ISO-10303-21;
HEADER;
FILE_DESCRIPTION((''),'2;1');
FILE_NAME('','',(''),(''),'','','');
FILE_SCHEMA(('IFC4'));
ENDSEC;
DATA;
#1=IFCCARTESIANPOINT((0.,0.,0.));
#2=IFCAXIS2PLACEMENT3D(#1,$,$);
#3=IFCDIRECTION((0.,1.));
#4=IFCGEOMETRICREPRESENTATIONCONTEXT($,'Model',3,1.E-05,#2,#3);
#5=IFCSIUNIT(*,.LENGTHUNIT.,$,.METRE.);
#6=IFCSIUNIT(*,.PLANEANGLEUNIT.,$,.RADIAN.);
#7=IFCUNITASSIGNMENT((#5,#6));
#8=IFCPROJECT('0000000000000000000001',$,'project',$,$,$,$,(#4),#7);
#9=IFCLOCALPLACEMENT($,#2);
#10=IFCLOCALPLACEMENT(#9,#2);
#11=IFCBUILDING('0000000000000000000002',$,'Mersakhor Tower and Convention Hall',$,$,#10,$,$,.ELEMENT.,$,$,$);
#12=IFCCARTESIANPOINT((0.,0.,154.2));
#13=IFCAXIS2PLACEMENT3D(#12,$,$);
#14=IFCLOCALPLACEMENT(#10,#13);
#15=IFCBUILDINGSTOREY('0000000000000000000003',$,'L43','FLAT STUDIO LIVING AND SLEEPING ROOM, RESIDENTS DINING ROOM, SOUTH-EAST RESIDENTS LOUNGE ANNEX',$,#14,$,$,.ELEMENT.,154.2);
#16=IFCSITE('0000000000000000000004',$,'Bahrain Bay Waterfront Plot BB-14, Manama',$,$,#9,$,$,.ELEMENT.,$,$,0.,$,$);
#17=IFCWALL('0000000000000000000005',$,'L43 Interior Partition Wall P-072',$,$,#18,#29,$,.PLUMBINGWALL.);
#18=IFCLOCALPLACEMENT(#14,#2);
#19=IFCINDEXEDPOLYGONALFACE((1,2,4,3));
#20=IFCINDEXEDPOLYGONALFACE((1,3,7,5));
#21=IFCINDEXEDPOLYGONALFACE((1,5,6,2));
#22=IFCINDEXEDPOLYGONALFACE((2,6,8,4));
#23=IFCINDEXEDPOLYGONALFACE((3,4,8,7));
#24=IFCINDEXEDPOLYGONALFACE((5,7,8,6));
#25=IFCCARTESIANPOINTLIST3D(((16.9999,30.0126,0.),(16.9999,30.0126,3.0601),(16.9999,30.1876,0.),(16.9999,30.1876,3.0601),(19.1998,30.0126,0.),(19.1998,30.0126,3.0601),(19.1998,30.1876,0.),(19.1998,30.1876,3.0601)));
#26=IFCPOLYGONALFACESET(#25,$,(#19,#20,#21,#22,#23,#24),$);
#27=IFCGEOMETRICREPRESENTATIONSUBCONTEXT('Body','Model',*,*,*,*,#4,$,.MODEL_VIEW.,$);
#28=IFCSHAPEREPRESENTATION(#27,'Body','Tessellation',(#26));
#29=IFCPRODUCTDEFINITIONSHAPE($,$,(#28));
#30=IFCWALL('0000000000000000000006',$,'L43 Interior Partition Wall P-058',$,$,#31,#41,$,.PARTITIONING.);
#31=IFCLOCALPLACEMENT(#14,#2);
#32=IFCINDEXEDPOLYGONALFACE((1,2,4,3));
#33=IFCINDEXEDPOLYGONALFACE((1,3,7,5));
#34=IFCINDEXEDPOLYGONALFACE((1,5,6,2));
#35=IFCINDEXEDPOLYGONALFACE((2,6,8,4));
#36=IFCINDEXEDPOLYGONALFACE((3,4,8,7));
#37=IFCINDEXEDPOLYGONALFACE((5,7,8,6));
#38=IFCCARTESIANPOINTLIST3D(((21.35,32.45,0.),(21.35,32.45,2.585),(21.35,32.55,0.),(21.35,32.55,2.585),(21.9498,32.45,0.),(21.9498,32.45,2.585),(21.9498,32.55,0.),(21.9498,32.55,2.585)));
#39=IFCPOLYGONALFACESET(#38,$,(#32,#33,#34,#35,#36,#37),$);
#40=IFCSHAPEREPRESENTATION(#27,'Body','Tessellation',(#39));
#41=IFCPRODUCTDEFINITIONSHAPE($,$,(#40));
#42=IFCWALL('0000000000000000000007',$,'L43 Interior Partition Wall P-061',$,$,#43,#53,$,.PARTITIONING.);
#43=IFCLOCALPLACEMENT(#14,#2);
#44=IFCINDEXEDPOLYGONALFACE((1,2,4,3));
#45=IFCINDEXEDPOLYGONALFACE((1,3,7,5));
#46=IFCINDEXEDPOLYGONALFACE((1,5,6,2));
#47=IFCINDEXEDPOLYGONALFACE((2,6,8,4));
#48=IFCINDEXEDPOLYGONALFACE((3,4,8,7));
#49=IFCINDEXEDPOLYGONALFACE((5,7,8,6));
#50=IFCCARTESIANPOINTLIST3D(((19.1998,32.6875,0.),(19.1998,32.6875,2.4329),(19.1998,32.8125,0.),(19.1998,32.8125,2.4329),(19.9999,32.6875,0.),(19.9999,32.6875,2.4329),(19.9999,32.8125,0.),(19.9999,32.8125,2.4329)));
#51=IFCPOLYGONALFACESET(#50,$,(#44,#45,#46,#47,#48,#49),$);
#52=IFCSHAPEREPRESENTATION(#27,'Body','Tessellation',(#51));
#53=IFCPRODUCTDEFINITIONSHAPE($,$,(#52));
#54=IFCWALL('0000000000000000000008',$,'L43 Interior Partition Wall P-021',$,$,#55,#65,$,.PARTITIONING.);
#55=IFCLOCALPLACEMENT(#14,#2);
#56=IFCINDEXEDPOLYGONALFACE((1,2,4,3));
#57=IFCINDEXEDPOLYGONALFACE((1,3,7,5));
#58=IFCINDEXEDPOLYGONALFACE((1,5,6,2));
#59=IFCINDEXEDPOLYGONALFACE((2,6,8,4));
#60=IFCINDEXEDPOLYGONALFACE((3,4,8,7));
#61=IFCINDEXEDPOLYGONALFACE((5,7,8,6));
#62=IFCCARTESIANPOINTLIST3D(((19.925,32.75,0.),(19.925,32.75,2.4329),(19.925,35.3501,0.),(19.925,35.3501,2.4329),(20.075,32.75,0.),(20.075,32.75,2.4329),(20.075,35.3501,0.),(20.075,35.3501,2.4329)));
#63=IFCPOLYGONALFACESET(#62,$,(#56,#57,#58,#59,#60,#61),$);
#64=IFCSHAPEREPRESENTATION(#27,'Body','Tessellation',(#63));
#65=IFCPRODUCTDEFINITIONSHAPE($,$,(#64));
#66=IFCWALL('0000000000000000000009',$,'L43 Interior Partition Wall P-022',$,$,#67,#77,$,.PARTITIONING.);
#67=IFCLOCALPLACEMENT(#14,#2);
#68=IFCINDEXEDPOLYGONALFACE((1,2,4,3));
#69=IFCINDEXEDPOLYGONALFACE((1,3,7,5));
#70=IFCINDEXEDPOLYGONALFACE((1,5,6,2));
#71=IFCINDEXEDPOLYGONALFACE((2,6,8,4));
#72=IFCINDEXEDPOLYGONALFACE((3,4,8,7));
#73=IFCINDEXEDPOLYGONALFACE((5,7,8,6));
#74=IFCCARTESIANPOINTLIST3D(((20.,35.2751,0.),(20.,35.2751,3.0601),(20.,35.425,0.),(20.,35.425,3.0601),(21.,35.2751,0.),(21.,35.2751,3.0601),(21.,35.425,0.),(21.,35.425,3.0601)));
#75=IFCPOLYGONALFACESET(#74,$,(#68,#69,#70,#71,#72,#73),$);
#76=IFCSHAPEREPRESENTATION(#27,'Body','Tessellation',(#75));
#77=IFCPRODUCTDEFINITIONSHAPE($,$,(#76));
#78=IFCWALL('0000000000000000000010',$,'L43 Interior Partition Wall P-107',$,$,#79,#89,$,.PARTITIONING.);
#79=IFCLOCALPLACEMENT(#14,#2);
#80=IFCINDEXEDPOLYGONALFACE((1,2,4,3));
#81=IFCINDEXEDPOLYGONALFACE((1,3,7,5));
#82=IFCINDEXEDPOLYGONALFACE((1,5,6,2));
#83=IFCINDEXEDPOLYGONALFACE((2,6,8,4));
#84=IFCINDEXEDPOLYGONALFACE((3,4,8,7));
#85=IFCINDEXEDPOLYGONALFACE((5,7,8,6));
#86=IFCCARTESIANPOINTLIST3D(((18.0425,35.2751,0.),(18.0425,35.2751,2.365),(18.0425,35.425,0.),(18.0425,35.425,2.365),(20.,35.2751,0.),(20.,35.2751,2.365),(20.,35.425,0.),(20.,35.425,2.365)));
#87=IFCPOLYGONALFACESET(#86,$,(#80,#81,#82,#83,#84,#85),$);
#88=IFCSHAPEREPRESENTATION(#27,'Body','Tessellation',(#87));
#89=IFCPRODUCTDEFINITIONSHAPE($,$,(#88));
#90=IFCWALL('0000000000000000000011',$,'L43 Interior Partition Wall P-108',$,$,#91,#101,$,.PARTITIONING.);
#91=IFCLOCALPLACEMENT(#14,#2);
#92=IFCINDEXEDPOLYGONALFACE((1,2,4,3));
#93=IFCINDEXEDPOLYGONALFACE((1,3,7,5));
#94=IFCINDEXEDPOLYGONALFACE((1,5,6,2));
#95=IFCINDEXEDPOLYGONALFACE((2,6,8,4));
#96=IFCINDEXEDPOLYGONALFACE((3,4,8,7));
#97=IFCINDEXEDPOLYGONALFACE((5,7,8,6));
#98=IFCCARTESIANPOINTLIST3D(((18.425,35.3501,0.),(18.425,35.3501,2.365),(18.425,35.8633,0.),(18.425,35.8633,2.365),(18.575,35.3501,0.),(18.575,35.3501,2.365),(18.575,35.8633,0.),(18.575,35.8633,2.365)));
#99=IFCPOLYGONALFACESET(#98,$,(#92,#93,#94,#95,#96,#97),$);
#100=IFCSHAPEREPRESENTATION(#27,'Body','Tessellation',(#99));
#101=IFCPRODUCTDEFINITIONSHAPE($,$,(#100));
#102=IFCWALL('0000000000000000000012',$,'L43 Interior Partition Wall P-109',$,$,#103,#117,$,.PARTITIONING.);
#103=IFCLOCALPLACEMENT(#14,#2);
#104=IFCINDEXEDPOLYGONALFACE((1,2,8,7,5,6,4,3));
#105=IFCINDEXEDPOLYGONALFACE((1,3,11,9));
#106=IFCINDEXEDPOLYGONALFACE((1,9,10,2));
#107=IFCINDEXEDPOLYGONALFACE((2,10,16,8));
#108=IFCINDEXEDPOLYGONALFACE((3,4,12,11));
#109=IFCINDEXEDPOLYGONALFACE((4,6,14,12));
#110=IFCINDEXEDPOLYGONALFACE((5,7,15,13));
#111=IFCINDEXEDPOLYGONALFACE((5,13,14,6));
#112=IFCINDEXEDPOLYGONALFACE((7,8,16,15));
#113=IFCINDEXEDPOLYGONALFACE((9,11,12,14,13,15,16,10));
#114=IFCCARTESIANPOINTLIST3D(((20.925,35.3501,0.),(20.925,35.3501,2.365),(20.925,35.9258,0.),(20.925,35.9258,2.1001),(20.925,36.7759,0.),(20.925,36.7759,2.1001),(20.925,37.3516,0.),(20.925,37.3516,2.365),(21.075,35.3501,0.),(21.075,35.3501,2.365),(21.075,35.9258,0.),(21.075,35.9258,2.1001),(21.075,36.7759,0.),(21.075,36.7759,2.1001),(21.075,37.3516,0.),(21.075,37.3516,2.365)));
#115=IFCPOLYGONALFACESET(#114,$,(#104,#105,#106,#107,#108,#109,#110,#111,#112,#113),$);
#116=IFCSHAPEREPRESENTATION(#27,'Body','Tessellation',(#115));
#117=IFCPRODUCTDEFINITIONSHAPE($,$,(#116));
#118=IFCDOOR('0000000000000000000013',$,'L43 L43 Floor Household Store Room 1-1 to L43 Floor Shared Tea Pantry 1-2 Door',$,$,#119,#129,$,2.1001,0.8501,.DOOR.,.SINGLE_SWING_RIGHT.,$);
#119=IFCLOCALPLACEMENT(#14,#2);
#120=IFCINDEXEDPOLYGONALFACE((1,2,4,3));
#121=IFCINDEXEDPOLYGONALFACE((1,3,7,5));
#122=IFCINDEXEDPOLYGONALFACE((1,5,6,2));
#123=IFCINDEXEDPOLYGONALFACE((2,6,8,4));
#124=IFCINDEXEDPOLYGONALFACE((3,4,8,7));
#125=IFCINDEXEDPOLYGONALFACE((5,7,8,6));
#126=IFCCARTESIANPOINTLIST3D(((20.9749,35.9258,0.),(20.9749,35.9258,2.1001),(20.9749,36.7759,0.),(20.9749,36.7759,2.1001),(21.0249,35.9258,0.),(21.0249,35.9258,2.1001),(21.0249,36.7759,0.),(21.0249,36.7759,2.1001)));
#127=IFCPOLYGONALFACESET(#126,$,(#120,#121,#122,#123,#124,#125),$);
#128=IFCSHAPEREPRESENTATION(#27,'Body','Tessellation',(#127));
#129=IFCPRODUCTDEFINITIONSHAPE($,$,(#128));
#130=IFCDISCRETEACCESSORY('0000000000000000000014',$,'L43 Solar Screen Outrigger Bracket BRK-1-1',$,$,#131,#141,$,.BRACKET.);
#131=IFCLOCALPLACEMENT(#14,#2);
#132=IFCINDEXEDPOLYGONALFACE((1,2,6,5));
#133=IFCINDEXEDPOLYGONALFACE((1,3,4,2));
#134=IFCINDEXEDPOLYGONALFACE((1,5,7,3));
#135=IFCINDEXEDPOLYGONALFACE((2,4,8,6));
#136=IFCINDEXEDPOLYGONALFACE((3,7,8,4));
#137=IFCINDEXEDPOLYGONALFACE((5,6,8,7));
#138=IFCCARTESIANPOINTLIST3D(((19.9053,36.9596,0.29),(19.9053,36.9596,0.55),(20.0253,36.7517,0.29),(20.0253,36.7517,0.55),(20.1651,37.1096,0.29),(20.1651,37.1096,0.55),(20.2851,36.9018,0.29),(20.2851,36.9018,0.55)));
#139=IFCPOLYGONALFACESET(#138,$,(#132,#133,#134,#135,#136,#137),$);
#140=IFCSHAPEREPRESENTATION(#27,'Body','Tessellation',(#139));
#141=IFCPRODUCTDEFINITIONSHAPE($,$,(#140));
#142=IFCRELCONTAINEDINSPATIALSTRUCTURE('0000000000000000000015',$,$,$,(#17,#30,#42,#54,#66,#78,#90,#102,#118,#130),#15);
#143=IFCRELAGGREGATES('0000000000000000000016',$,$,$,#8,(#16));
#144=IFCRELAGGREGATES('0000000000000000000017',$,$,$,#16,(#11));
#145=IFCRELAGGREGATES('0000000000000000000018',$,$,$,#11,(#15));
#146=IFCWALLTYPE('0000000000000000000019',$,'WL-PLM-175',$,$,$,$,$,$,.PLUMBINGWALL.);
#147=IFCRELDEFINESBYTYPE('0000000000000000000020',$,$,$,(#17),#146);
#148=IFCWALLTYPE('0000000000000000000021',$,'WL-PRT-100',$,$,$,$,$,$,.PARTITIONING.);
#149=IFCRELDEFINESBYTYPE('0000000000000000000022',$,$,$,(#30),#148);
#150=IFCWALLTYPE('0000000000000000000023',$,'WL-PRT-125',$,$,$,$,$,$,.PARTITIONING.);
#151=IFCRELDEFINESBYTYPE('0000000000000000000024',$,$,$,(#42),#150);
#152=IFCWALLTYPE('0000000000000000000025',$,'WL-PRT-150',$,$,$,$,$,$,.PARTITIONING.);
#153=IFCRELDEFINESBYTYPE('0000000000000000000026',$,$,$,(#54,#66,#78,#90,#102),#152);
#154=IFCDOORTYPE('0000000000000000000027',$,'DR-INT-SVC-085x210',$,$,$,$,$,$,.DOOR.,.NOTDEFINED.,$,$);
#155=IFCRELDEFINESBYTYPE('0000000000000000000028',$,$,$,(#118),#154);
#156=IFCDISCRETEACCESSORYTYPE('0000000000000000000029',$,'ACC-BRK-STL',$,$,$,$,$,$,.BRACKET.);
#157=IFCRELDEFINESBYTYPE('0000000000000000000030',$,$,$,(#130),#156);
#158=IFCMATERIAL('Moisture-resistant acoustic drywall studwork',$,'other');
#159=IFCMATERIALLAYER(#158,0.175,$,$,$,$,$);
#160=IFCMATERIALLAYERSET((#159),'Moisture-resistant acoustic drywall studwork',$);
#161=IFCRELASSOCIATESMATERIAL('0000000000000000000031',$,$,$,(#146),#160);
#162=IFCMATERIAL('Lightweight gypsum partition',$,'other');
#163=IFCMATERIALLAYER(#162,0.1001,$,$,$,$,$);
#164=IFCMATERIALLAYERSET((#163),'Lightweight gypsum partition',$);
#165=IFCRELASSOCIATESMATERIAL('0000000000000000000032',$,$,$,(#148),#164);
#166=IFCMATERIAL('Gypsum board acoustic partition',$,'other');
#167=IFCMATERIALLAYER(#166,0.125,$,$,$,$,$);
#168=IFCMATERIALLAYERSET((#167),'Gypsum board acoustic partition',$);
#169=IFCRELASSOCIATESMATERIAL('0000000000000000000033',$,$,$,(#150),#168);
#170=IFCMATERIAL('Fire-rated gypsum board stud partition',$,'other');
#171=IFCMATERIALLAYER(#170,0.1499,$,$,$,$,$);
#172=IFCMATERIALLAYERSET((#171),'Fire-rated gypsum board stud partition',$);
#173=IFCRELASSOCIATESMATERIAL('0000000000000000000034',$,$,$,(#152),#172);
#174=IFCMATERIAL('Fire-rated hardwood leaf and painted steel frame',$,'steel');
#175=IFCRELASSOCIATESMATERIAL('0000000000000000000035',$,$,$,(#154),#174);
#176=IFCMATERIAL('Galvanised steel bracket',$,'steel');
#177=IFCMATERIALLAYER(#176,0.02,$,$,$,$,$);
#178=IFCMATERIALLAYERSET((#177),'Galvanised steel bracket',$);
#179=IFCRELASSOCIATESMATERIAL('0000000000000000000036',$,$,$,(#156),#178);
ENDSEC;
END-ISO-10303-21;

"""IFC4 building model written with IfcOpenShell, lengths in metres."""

from ifc_helpers import new_model, si_unit, direction, frame, frame_2d, origin, origin_2d, place, context, subcontext, project, spatial, rectangle, extrude, material, layer, layer_set, type_object, element, fill, save


model = new_model("IFC4")

# Units and contexts
model_context = context("Model", 3, precision=1e-05, world=origin(), true_north=direction((0.0, 1.0)))
body_context = subcontext(model_context, "Body", "Model", "MODEL_VIEW")
ifc_project = project(units=[si_unit("LENGTHUNIT", "METRE"), si_unit("PLANEANGLEUNIT", "RADIAN")], contexts=[model_context])

# Site, building, storey
site_placement = place(None, origin())
site = spatial("IfcSite", under=ifc_project, at=site_placement, Name="Bahrain Bay Waterfront Plot BB-14, Manama", CompositionType="ELEMENT", RefElevation=0.0)
building_placement = place(site_placement, origin())
building = spatial("IfcBuilding", under=site, at=building_placement, Name="Mersakhor Tower and Convention Hall", CompositionType="ELEMENT")
storey_placement = place(building_placement, frame((0.0, 0.0, 154.2)))
storey = spatial("IfcBuildingStorey", under=building, at=storey_placement, Name="L43", Description="FLAT STUDIO LIVING AND SLEEPING ROOM, RESIDENTS DINING ROOM, SOUTH-EAST RESIDENTS LOUNGE ANNEX", CompositionType="ELEMENT", Elevation=154.2)

# Shared definitions
ifc_material_1 = material(Name="Moisture-resistant acoustic drywall studwork", Category="other")
ifc_layer_1 = layer(ifc_material_1, 0.175)
ifc_layer_set_1 = layer_set([ifc_layer_1], Name="Moisture-resistant acoustic drywall studwork")
wall_type_1 = type_object("IfcWallType", Name="WL-PLM-175", PredefinedType="PLUMBINGWALL", material=ifc_layer_set_1)

# Walls
wall_1_placement = place(storey_placement, frame((19.2, 30.1001, 0.0), z_axis=(0.0, 0.0, 1.0), x_axis=(-1.0, 0.0, 0.0)))
element("IfcWall", 1, at=wall_1_placement, inside=storey, type_object=wall_type_1, Name="L43 Interior Partition Wall P-072", PredefinedType="PLUMBINGWALL", context=body_context, shape_type="SweptSolid", body=[
    extrude(rectangle(XDim=2.2, YDim=0.175, at=frame_2d((1.1001, 0.0))), origin(), (0.0, 0.0, 1.0), 3.0601),
])
ifc_material_2 = material(Name="Lightweight gypsum partition", Category="other")
ifc_layer_2 = layer(ifc_material_2, 0.1001)
ifc_layer_set_2 = layer_set([ifc_layer_2], Name="Lightweight gypsum partition")
wall_type_2 = type_object("IfcWallType", Name="WL-PRT-100", PredefinedType="PARTITIONING", material=ifc_layer_set_2)
wall_2_placement = place(storey_placement, frame((21.3501, 32.5, 0.0), z_axis=(0.0, 0.0, 1.0), x_axis=(1.0, 0.0, 0.0)))
element("IfcWall", 2, at=wall_2_placement, inside=storey, type_object=wall_type_2, Name="L43 Interior Partition Wall P-058", PredefinedType="PARTITIONING", context=body_context, shape_type="SweptSolid", body=[
    extrude(rectangle(XDim=0.5999, YDim=0.1001, at=frame_2d((0.2998, 0.0))), origin(), (0.0, 0.0, 1.0), 2.585),
])
ifc_material_3 = material(Name="Gypsum board acoustic partition", Category="other")
ifc_layer_3 = layer(ifc_material_3, 0.125)
ifc_layer_set_3 = layer_set([ifc_layer_3], Name="Gypsum board acoustic partition")
wall_type_3 = type_object("IfcWallType", Name="WL-PRT-125", PredefinedType="PARTITIONING", material=ifc_layer_set_3)
wall_3_placement = place(storey_placement, frame((19.2, 32.75, 0.0), z_axis=(0.0, 0.0, 1.0), x_axis=(1.0, 0.0, 0.0)))
element("IfcWall", 3, at=wall_3_placement, inside=storey, type_object=wall_type_3, Name="L43 Interior Partition Wall P-061", PredefinedType="PARTITIONING", context=body_context, shape_type="SweptSolid", body=[
    extrude(rectangle(XDim=0.8, YDim=0.125, at=frame_2d((0.3999, 0.0))), origin(), (0.0, 0.0, 1.0), 2.4329),
])
ifc_material_4 = material(Name="Fire-rated gypsum board stud partition", Category="other")
ifc_layer_4 = layer(ifc_material_4, 0.1499)
ifc_layer_set_4 = layer_set([ifc_layer_4], Name="Fire-rated gypsum board stud partition")
wall_type_4 = type_object("IfcWallType", Name="WL-PRT-150", PredefinedType="PARTITIONING", material=ifc_layer_set_4)
wall_4_placement = place(storey_placement, frame((20.0, 32.75, 0.0), z_axis=(0.0, 0.0, 1.0), x_axis=(0.0, 1.0, 0.0)))
element("IfcWall", 4, at=wall_4_placement, inside=storey, type_object=wall_type_4, Name="L43 Interior Partition Wall P-021", PredefinedType="PARTITIONING", context=body_context, shape_type="SweptSolid", body=[
    extrude(rectangle(XDim=2.6001, YDim=0.1499, at=frame_2d((1.3, 0.0))), origin(), (0.0, 0.0, 1.0), 2.4329),
])
wall_5_placement = place(storey_placement, frame((20.0, 35.3501, 0.0), z_axis=(0.0, 0.0, 1.0), x_axis=(1.0, 0.0, 0.0)))
element("IfcWall", 5, at=wall_5_placement, inside=storey, type_object=wall_type_4, Name="L43 Interior Partition Wall P-022", PredefinedType="PARTITIONING", context=body_context, shape_type="SweptSolid", body=[
    extrude(rectangle(XDim=1.0, YDim=0.1499, at=frame_2d((0.5, 0.0))), origin(), (0.0, 0.0, 1.0), 3.0601),
])

# Walls
wall_6_placement = place(storey_placement, frame((20.0, 35.3501, 0.0), z_axis=(0.0, 0.0, 1.0), x_axis=(-1.0, 0.0, 0.0)))
element("IfcWall", 6, at=wall_6_placement, inside=storey, type_object=wall_type_4, Name="L43 Interior Partition Wall P-107", PredefinedType="PARTITIONING", context=body_context, shape_type="SweptSolid", body=[
    extrude(rectangle(XDim=1.9575, YDim=0.1499, at=frame_2d((0.9788, 0.0))), origin(), (0.0, 0.0, 1.0), 2.365),
])
wall_7_placement = place(storey_placement, frame((18.5, 35.3501, 0.0), z_axis=(0.0, 0.0, 1.0), x_axis=(0.0, 1.0, 0.0)))
element("IfcWall", 7, at=wall_7_placement, inside=storey, type_object=wall_type_4, Name="L43 Interior Partition Wall P-108", PredefinedType="PARTITIONING", context=body_context, shape_type="SweptSolid", body=[
    extrude(rectangle(XDim=0.5132, YDim=0.1499, at=frame_2d((0.2566, 0.0))), origin(), (0.0, 0.0, 1.0), 2.365),
])

# Wall, opening, door
wall_8_placement = place(storey_placement, frame((21.0, 37.3516, 0.0), z_axis=(0.0, 0.0, 1.0), x_axis=(0.0, -1.0, 0.0)))
wall_8 = element("IfcWall", 8, at=wall_8_placement, inside=storey, type_object=wall_type_4, Name="L43 Interior Partition Wall P-109", PredefinedType="PARTITIONING", context=body_context, shape_type="SweptSolid", body=[
    extrude(rectangle(XDim=2.0015, YDim=0.1499, at=frame_2d((1.0007, 0.0))), origin(), (0.0, 0.0, 1.0), 2.365),
])
opening_1_placement = place(wall_8_placement, frame((0.5757, 0.0, 0.0)))
opening_1 = element("IfcOpeningElement", 9, at=opening_1_placement, cuts=wall_8, PredefinedType="OPENING", context=body_context, shape_type="SweptSolid", body=[
    extrude(rectangle(XDim=0.8501, YDim=2.1001, at=frame_2d((0.425, 1.05))), frame((0.0, 0.085, 0.0), z_axis=(0.0, -1.0, 0.0), x_axis=(1.0, 0.0, 0.0)), (0.0, 0.0, 1.0), 0.1699),
])
ifc_material_5 = material(Name="Fire-rated hardwood leaf and painted steel frame", Category="steel")
door_type_1 = type_object("IfcDoorType", Name="DR-INT-SVC-085x210", OperationType="NOTDEFINED", PredefinedType="DOOR", material=ifc_material_5)
door_1_placement = place(opening_1_placement, origin())
door_1 = element("IfcDoor", 10, at=door_1_placement, inside=storey, type_object=door_type_1, Name="L43 L43 Floor Household Store Room 1-1 to L43 Floor Shared Tea Pantry 1-2 Door", OperationType="SINGLE_SWING_RIGHT", OverallHeight=2.1001, OverallWidth=0.8501, PredefinedType="DOOR", context=body_context, shape_type="SweptSolid", body=[
    extrude(rectangle(XDim=0.8501, YDim=2.1001, at=frame_2d((0.425, 1.05))), frame((0.0, 0.0249, 0.0), z_axis=(0.0, -1.0, 0.0), x_axis=(1.0, 0.0, 0.0)), (0.0, 0.0, 1.0), 0.05),
])
fill(opening_1, door_1)

# Discrete accessory
ifc_material_6 = material(Name="Galvanised steel bracket", Category="steel")
ifc_layer_5 = layer(ifc_material_6, 0.02)
ifc_layer_set_5 = layer_set([ifc_layer_5], Name="Galvanised steel bracket")
discrete_accessory_type = type_object("IfcDiscreteAccessoryType", Name="ACC-BRK-STL", PredefinedType="BRACKET", material=ifc_layer_set_5)
discrete_accessory_placement = place(storey_placement, frame((20.0952, 36.9307, 0.29), z_axis=(0.0, 0.0, 1.0), x_axis=(0.866025, 0.5, 0.0)))
element("IfcDiscreteAccessory", 11, at=discrete_accessory_placement, inside=storey, type_object=discrete_accessory_type, Name="L43 Solar Screen Outrigger Bracket BRK-1-1", PredefinedType="BRACKET", context=body_context, shape_type="SweptSolid", body=[
    extrude(rectangle(XDim=0.3, YDim=0.24, at=origin_2d()), origin(), (0.0, 0.0, 1.0), 0.26),
])

save(model, "model.ifc")
